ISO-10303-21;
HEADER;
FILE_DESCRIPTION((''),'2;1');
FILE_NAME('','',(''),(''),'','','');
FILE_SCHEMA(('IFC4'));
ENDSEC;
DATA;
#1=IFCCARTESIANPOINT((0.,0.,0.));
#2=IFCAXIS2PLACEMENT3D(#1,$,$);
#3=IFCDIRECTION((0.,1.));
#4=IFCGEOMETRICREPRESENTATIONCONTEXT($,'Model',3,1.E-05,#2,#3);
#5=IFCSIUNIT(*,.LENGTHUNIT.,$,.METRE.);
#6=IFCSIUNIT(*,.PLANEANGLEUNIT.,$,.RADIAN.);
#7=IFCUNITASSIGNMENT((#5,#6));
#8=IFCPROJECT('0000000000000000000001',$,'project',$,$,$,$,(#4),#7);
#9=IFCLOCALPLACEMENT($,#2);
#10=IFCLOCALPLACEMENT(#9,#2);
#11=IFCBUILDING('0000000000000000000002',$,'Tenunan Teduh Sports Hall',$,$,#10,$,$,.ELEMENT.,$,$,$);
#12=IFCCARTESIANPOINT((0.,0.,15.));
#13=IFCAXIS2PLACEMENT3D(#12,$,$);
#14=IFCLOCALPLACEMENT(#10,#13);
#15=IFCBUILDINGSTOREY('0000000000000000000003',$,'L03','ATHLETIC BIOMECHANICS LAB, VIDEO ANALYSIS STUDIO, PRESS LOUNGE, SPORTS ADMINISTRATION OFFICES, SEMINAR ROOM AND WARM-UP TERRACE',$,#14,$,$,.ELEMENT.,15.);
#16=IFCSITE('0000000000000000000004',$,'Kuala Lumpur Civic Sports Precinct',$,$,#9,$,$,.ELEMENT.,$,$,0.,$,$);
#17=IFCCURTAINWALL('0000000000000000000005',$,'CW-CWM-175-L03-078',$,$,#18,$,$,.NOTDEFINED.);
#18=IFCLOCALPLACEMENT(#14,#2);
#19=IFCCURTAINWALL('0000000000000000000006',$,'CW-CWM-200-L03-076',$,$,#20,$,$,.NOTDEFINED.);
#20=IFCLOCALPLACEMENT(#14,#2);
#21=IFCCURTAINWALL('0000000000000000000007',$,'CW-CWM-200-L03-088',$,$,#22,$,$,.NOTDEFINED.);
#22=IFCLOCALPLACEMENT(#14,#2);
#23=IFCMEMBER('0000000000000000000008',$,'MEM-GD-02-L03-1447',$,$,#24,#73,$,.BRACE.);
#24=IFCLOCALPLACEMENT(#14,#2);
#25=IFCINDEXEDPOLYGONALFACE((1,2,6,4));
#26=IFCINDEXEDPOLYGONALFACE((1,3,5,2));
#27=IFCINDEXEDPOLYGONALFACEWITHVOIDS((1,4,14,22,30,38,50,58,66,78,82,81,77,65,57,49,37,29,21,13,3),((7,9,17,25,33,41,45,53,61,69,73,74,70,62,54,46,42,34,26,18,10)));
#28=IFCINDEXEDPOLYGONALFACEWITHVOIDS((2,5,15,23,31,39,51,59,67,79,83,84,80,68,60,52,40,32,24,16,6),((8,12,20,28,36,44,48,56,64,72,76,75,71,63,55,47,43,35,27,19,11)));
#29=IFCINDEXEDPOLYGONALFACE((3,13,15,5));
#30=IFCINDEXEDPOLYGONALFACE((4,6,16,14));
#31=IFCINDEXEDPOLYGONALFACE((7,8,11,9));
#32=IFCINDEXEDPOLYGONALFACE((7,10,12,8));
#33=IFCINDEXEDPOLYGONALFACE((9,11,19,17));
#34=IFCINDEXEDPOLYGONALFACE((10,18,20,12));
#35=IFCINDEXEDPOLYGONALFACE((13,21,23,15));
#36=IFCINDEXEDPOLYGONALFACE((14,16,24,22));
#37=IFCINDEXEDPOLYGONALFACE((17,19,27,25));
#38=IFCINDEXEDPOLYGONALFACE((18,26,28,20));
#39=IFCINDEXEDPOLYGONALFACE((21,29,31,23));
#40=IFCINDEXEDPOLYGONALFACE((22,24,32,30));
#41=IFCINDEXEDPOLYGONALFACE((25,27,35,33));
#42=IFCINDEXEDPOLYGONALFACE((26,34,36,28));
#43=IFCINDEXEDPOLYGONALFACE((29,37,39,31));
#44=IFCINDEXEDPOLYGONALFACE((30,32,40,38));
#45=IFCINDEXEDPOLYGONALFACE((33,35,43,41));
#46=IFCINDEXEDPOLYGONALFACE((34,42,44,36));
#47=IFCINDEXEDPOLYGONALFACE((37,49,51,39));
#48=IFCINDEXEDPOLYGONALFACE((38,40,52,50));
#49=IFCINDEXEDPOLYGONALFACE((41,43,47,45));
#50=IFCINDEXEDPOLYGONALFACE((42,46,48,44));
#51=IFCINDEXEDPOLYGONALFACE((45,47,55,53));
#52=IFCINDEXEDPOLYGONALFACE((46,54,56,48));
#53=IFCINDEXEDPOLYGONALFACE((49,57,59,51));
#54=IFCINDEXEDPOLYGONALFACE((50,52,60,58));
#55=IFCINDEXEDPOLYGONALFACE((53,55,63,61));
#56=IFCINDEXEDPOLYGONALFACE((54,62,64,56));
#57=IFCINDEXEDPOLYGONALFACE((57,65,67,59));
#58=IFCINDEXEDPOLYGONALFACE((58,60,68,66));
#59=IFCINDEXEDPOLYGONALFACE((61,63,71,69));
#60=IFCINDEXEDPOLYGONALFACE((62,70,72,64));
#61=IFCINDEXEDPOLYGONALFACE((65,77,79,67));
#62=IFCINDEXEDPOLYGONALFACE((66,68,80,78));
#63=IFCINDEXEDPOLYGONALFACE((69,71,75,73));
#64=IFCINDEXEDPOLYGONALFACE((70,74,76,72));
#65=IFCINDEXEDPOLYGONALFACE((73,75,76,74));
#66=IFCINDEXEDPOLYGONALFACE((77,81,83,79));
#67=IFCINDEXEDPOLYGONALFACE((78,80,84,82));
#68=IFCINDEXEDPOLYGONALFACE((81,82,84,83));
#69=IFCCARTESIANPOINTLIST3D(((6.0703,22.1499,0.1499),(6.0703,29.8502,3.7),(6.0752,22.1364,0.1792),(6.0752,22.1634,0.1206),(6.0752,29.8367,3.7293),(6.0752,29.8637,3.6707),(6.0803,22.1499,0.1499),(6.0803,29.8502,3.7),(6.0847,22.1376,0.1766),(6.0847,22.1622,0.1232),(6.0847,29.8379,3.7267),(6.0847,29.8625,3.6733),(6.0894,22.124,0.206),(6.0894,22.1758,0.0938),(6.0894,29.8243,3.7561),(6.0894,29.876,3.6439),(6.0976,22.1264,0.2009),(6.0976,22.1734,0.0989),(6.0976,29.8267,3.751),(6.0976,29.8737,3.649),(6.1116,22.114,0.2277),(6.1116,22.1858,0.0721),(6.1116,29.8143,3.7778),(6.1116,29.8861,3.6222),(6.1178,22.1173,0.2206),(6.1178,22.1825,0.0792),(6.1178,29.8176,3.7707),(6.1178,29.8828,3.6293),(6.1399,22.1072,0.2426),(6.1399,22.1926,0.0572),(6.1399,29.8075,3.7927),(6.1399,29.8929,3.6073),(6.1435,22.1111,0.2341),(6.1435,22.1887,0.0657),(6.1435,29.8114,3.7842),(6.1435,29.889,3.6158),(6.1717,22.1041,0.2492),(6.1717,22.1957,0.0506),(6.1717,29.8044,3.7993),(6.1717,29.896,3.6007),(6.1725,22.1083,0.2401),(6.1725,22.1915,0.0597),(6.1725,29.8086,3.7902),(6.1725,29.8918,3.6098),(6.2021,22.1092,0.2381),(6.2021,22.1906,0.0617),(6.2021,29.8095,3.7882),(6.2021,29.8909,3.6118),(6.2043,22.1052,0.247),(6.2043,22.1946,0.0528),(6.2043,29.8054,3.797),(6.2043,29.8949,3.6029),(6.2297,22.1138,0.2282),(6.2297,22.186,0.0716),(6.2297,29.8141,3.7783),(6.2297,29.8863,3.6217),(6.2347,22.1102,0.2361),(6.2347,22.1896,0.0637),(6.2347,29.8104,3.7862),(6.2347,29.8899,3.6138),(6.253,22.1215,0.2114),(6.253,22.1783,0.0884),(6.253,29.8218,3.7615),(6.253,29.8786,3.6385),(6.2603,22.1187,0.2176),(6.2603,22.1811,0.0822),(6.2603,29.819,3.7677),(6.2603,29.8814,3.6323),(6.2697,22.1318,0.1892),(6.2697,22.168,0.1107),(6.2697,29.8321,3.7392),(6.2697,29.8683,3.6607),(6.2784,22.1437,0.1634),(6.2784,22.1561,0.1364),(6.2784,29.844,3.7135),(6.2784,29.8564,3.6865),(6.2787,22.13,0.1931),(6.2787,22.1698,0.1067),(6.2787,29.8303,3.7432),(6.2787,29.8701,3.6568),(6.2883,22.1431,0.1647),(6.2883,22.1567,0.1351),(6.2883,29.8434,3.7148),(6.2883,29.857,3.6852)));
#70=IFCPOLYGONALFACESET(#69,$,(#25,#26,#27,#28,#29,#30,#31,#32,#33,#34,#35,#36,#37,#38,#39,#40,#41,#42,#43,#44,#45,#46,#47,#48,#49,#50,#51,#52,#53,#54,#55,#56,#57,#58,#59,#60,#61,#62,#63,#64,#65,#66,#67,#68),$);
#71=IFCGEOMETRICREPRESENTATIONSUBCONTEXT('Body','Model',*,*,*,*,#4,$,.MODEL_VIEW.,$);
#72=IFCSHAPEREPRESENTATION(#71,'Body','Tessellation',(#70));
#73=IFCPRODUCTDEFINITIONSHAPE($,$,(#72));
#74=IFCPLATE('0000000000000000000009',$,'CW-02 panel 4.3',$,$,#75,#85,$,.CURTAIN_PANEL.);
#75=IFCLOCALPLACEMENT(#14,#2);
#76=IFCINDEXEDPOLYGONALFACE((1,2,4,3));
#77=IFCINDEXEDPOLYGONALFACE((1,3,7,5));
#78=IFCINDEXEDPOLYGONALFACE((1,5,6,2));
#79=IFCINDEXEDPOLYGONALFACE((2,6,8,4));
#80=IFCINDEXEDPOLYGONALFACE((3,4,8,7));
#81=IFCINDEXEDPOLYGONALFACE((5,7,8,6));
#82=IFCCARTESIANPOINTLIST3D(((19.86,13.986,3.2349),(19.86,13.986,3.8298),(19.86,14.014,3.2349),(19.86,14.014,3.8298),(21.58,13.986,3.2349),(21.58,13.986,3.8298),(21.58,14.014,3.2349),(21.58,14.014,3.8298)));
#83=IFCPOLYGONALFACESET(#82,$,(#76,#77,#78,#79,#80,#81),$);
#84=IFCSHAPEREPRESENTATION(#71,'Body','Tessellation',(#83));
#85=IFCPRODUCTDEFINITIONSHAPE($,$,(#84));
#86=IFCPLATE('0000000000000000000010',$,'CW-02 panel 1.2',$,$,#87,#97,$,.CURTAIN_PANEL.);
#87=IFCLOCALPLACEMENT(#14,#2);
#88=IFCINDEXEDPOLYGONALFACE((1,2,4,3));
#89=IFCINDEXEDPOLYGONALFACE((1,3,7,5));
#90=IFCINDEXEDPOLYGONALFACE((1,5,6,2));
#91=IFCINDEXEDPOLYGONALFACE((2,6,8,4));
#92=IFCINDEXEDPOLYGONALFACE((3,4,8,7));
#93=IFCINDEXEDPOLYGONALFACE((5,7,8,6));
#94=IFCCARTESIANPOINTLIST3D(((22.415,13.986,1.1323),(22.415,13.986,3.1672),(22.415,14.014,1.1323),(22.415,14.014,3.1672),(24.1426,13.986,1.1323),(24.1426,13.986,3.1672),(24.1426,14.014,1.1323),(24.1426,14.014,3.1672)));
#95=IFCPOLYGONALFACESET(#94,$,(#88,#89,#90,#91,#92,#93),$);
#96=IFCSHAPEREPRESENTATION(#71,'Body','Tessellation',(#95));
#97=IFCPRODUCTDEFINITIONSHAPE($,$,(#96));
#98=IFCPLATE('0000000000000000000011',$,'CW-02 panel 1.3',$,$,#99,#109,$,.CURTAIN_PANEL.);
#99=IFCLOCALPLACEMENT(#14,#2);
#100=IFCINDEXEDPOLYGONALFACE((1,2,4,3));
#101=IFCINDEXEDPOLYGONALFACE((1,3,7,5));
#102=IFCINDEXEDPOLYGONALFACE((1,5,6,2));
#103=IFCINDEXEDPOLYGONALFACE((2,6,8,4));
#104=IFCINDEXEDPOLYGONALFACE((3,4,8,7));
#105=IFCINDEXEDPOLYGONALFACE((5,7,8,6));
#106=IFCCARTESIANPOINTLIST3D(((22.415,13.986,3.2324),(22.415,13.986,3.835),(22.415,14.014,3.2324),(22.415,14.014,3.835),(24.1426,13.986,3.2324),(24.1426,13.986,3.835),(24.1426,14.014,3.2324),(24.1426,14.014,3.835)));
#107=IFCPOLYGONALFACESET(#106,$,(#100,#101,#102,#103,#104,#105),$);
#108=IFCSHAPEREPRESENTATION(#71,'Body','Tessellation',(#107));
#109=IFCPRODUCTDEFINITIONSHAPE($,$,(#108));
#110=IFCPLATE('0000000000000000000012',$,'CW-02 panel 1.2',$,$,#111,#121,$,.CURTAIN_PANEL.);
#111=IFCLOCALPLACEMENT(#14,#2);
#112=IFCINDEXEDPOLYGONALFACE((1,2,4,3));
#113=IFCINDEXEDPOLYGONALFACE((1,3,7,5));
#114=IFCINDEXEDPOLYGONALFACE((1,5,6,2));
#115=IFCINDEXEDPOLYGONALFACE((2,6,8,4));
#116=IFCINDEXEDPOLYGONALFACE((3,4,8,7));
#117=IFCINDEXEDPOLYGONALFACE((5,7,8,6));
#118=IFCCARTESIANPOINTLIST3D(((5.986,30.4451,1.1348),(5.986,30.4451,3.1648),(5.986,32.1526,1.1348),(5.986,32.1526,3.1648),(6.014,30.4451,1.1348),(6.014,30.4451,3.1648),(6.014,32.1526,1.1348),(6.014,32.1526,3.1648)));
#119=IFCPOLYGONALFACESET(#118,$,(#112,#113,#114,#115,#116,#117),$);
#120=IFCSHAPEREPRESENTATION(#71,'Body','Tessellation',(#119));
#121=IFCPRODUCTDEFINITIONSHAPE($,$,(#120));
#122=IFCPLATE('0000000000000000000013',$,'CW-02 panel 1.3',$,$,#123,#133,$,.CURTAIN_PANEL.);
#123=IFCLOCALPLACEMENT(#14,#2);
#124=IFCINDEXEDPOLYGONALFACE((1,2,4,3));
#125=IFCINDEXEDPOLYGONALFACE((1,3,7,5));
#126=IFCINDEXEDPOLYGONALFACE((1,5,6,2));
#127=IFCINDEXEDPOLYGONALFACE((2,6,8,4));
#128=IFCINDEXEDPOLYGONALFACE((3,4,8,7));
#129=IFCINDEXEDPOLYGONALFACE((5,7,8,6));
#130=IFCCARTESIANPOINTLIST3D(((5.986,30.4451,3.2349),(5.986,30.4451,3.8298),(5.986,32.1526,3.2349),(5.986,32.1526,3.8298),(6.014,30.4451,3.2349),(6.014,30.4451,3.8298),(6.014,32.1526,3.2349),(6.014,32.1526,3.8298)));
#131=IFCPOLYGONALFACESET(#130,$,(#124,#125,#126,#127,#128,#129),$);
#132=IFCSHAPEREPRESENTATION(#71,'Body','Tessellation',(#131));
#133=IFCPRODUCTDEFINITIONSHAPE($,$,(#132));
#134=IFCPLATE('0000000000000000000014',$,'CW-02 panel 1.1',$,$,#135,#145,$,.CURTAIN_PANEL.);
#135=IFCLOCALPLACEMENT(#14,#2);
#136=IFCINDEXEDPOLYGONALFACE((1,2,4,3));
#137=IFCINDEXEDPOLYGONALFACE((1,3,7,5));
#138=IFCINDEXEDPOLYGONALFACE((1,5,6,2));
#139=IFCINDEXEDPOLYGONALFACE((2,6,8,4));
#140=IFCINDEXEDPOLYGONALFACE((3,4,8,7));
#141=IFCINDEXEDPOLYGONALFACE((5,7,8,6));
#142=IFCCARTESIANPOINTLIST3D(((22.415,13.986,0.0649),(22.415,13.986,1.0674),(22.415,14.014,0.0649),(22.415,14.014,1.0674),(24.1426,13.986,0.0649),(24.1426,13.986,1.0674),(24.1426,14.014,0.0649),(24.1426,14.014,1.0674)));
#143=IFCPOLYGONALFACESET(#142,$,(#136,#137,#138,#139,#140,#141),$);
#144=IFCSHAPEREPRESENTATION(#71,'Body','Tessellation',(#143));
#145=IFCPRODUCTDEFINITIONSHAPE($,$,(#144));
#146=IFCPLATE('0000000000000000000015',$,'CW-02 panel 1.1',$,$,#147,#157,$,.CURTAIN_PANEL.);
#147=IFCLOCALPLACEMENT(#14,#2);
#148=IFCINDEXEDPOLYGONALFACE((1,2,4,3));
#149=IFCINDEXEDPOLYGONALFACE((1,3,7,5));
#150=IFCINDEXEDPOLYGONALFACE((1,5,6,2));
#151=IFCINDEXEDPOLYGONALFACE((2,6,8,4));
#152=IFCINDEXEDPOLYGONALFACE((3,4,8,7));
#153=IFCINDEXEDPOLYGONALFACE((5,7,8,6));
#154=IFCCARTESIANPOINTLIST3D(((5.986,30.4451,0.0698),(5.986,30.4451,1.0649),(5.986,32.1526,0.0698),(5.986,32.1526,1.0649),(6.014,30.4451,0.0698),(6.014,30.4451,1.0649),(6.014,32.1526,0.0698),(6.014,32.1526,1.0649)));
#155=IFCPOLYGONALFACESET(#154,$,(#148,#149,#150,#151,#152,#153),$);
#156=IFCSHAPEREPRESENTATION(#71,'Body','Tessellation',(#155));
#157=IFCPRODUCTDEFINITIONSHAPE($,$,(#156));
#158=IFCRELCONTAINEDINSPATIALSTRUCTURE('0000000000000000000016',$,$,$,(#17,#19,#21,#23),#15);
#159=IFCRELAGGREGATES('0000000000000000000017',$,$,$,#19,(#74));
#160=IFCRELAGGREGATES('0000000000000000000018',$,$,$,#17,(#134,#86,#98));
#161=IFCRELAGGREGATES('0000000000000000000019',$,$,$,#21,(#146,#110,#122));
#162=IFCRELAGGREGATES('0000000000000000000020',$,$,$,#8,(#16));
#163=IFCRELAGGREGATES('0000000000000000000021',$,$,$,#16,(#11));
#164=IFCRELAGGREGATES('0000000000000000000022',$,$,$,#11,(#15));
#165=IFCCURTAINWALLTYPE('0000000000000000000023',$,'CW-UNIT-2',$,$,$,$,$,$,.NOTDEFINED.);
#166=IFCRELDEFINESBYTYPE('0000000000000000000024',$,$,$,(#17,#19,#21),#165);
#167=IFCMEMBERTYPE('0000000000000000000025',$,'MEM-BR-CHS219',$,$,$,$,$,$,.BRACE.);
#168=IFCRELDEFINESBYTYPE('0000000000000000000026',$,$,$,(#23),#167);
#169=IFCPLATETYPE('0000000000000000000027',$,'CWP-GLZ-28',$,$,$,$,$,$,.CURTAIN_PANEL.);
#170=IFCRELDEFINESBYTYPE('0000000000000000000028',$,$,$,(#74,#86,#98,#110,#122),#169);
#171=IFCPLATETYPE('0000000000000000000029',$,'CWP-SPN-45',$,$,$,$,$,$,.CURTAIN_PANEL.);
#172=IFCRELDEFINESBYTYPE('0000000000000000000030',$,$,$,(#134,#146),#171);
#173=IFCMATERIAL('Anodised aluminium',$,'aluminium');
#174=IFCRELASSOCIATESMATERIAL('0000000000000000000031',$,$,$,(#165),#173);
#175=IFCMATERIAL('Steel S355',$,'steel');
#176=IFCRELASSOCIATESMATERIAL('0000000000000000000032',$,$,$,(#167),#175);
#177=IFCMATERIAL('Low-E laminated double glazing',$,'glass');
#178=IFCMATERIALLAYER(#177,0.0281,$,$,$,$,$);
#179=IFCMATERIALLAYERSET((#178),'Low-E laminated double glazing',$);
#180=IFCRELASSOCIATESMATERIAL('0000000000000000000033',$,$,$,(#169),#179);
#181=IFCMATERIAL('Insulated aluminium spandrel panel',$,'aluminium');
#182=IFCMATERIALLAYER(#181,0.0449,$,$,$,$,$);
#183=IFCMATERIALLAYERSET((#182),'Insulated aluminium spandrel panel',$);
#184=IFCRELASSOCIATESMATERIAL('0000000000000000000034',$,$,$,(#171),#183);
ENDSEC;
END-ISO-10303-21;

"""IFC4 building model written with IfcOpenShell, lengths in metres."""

from ifc_helpers import new_model, si_unit, direction, frame, origin, origin_2d, place, context, subcontext, project, spatial, rectangle, hollow_circle, extrude, material, layer, layer_set, material_profile, profile_set, type_object, element, aggregate, save


model = new_model("IFC4")

# Units and contexts
model_context = context("Model", 3, precision=1e-05, world=origin(), true_north=direction((0.0, 1.0)))
body_context = subcontext(model_context, "Body", "Model", "MODEL_VIEW")
ifc_project = project(units=[si_unit("LENGTHUNIT", "METRE"), si_unit("PLANEANGLEUNIT", "RADIAN")], contexts=[model_context])

# Site, building, storey
site_placement = place(None, origin())
site = spatial("IfcSite", under=ifc_project, at=site_placement, Name="Kuala Lumpur Civic Sports Precinct", CompositionType="ELEMENT", RefElevation=0.0)
building_placement = place(site_placement, origin())
building = spatial("IfcBuilding", under=site, at=building_placement, Name="Tenunan Teduh Sports Hall", CompositionType="ELEMENT")
storey_placement = place(building_placement, frame((0.0, 0.0, 15.0)))
storey = spatial("IfcBuildingStorey", under=building, at=storey_placement, Name="L03", Description="ATHLETIC BIOMECHANICS LAB, VIDEO ANALYSIS STUDIO, PRESS LOUNGE, SPORTS ADMINISTRATION OFFICES, SEMINAR ROOM AND WARM-UP TERRACE", CompositionType="ELEMENT", Elevation=15.0)

# Curtain walls
ifc_material_1 = material(Name="Anodised aluminium", Category="aluminium")
curtain_wall_type = type_object("IfcCurtainWallType", Name="CW-UNIT-2", PredefinedType="NOTDEFINED", material=ifc_material_1)
curtain_wall_1_placement = place(storey_placement, origin())
curtain_wall_1 = element("IfcCurtainWall", 1, at=curtain_wall_1_placement, inside=storey, type_object=curtain_wall_type, Name="CW-CWM-175-L03-078", PredefinedType="NOTDEFINED")
curtain_wall_2_placement = place(storey_placement, origin())
curtain_wall_2 = element("IfcCurtainWall", 2, at=curtain_wall_2_placement, inside=storey, type_object=curtain_wall_type, Name="CW-CWM-200-L03-076", PredefinedType="NOTDEFINED")
curtain_wall_3_placement = place(storey_placement, origin())
curtain_wall_3 = element("IfcCurtainWall", 3, at=curtain_wall_3_placement, inside=storey, type_object=curtain_wall_type, Name="CW-CWM-200-L03-088", PredefinedType="NOTDEFINED")

# Member
ifc_material_2 = material(Name="Steel S355", Category="steel")
ifc_material_profile_1 = material_profile(ifc_material_2, hollow_circle(Radius=0.1096, WallThickness=0.01, at=origin_2d()), Name="CHS 219.1x10.0")
ifc_profile_set_1 = profile_set([ifc_material_profile_1], Name="Steel S355")
member_type_1 = type_object("IfcMemberType", Name="MEM-BR-CHS219", PredefinedType="BRACE", material=ifc_profile_set_1)
member_1_placement = place(storey_placement, frame((6.1799, 22.1499, 0.1499), z_axis=(0.0, 0.908134, 0.41868), x_axis=(-1.0, 0.0, 0.0)))
element("IfcMember", 4, at=member_1_placement, inside=storey, type_object=member_type_1, Name="MEM-GD-02-L03-1447", PredefinedType="BRACE", context=body_context, shape_type="SweptSolid", body=[
    extrude(hollow_circle(Radius=0.1096, WallThickness=0.01, at=origin_2d()), origin(), (0.0, 0.0, 1.0), 8.4792),
])

# Plates
ifc_material_3 = material(Name="Low-E laminated double glazing", Category="glass")
ifc_layer_1 = layer(ifc_material_3, 0.0281)
ifc_layer_set_1 = layer_set([ifc_layer_1], Name="Low-E laminated double glazing")
plate_type_1 = type_object("IfcPlateType", Name="CWP-GLZ-28", PredefinedType="CURTAIN_PANEL", material=ifc_layer_set_1)
plate_1_placement = place(storey_placement, frame((20.72, 14.0, 3.2349), z_axis=(0.0, 0.0, 1.0), x_axis=(1.0, 0.0, 0.0)))
plate_1 = element("IfcPlate", 5, at=plate_1_placement, type_object=plate_type_1, Name="CW-02 panel 4.3", PredefinedType="CURTAIN_PANEL", context=body_context, shape_type="SweptSolid", body=[
    extrude(rectangle(XDim=1.72, YDim=0.0281, at=origin_2d()), origin(), (0.0, 0.0, 1.0), 0.595),
])
aggregate(curtain_wall_2, [plate_1])
plate_2_placement = place(storey_placement, frame((23.2788, 14.0, 1.1323), z_axis=(0.0, 0.0, 1.0), x_axis=(1.0, 0.0, 0.0)))
plate_2 = element("IfcPlate", 6, at=plate_2_placement, type_object=plate_type_1, Name="CW-02 panel 1.2", PredefinedType="CURTAIN_PANEL", context=body_context, shape_type="SweptSolid", body=[
    extrude(rectangle(XDim=1.7275, YDim=0.0281, at=origin_2d()), origin(), (0.0, 0.0, 1.0), 2.0349),
])
plate_3_placement = place(storey_placement, frame((23.2788, 14.0, 3.2324), z_axis=(0.0, 0.0, 1.0), x_axis=(1.0, 0.0, 0.0)))
plate_3 = element("IfcPlate", 7, at=plate_3_placement, type_object=plate_type_1, Name="CW-02 panel 1.3", PredefinedType="CURTAIN_PANEL", context=body_context, shape_type="SweptSolid", body=[
    extrude(rectangle(XDim=1.7275, YDim=0.0281, at=origin_2d()), origin(), (0.0, 0.0, 1.0), 0.6025),
])
plate_4_placement = place(storey_placement, frame((6.0, 31.2988, 1.1348), z_axis=(0.0, 0.0, 1.0), x_axis=(0.0, 1.0, 0.0)))
plate_4 = element("IfcPlate", 8, at=plate_4_placement, type_object=plate_type_1, Name="CW-02 panel 1.2", PredefinedType="CURTAIN_PANEL", context=body_context, shape_type="SweptSolid", body=[
    extrude(rectangle(XDim=1.7075, YDim=0.0281, at=origin_2d()), origin(), (0.0, 0.0, 1.0), 2.03),
])
plate_5_placement = place(storey_placement, frame((6.0, 31.2988, 3.2349), z_axis=(0.0, 0.0, 1.0), x_axis=(0.0, 1.0, 0.0)))
plate_5 = element("IfcPlate", 9, at=plate_5_placement, type_object=plate_type_1, Name="CW-02 panel 1.3", PredefinedType="CURTAIN_PANEL", context=body_context, shape_type="SweptSolid", body=[
    extrude(rectangle(XDim=1.7075, YDim=0.0281, at=origin_2d()), origin(), (0.0, 0.0, 1.0), 0.595),
])
ifc_material_4 = material(Name="Insulated aluminium spandrel panel", Category="aluminium")
ifc_layer_2 = layer(ifc_material_4, 0.0449)
ifc_layer_set_2 = layer_set([ifc_layer_2], Name="Insulated aluminium spandrel panel")
plate_type_2 = type_object("IfcPlateType", Name="CWP-SPN-45", PredefinedType="CURTAIN_PANEL", material=ifc_layer_set_2)
plate_6_placement = place(storey_placement, frame((23.2788, 14.0, 0.0649), z_axis=(0.0, 0.0, 1.0), x_axis=(1.0, 0.0, 0.0)))
plate_6 = element("IfcPlate", 10, at=plate_6_placement, type_object=plate_type_2, Name="CW-02 panel 1.1", PredefinedType="CURTAIN_PANEL", context=body_context, shape_type="SweptSolid", body=[
    extrude(rectangle(XDim=1.7275, YDim=0.0281, at=origin_2d()), origin(), (0.0, 0.0, 1.0), 1.0024),
])
aggregate(curtain_wall_1, [plate_6, plate_2, plate_3])
plate_7_placement = place(storey_placement, frame((6.0, 31.2988, 0.0698), z_axis=(0.0, 0.0, 1.0), x_axis=(0.0, 1.0, 0.0)))
plate_7 = element("IfcPlate", 11, at=plate_7_placement, type_object=plate_type_2, Name="CW-02 panel 1.1", PredefinedType="CURTAIN_PANEL", context=body_context, shape_type="SweptSolid", body=[
    extrude(rectangle(XDim=1.7075, YDim=0.0281, at=origin_2d()), origin(), (0.0, 0.0, 1.0), 0.9951),
])
aggregate(curtain_wall_3, [plate_7, plate_4, plate_5])

save(model, "model.ifc")
